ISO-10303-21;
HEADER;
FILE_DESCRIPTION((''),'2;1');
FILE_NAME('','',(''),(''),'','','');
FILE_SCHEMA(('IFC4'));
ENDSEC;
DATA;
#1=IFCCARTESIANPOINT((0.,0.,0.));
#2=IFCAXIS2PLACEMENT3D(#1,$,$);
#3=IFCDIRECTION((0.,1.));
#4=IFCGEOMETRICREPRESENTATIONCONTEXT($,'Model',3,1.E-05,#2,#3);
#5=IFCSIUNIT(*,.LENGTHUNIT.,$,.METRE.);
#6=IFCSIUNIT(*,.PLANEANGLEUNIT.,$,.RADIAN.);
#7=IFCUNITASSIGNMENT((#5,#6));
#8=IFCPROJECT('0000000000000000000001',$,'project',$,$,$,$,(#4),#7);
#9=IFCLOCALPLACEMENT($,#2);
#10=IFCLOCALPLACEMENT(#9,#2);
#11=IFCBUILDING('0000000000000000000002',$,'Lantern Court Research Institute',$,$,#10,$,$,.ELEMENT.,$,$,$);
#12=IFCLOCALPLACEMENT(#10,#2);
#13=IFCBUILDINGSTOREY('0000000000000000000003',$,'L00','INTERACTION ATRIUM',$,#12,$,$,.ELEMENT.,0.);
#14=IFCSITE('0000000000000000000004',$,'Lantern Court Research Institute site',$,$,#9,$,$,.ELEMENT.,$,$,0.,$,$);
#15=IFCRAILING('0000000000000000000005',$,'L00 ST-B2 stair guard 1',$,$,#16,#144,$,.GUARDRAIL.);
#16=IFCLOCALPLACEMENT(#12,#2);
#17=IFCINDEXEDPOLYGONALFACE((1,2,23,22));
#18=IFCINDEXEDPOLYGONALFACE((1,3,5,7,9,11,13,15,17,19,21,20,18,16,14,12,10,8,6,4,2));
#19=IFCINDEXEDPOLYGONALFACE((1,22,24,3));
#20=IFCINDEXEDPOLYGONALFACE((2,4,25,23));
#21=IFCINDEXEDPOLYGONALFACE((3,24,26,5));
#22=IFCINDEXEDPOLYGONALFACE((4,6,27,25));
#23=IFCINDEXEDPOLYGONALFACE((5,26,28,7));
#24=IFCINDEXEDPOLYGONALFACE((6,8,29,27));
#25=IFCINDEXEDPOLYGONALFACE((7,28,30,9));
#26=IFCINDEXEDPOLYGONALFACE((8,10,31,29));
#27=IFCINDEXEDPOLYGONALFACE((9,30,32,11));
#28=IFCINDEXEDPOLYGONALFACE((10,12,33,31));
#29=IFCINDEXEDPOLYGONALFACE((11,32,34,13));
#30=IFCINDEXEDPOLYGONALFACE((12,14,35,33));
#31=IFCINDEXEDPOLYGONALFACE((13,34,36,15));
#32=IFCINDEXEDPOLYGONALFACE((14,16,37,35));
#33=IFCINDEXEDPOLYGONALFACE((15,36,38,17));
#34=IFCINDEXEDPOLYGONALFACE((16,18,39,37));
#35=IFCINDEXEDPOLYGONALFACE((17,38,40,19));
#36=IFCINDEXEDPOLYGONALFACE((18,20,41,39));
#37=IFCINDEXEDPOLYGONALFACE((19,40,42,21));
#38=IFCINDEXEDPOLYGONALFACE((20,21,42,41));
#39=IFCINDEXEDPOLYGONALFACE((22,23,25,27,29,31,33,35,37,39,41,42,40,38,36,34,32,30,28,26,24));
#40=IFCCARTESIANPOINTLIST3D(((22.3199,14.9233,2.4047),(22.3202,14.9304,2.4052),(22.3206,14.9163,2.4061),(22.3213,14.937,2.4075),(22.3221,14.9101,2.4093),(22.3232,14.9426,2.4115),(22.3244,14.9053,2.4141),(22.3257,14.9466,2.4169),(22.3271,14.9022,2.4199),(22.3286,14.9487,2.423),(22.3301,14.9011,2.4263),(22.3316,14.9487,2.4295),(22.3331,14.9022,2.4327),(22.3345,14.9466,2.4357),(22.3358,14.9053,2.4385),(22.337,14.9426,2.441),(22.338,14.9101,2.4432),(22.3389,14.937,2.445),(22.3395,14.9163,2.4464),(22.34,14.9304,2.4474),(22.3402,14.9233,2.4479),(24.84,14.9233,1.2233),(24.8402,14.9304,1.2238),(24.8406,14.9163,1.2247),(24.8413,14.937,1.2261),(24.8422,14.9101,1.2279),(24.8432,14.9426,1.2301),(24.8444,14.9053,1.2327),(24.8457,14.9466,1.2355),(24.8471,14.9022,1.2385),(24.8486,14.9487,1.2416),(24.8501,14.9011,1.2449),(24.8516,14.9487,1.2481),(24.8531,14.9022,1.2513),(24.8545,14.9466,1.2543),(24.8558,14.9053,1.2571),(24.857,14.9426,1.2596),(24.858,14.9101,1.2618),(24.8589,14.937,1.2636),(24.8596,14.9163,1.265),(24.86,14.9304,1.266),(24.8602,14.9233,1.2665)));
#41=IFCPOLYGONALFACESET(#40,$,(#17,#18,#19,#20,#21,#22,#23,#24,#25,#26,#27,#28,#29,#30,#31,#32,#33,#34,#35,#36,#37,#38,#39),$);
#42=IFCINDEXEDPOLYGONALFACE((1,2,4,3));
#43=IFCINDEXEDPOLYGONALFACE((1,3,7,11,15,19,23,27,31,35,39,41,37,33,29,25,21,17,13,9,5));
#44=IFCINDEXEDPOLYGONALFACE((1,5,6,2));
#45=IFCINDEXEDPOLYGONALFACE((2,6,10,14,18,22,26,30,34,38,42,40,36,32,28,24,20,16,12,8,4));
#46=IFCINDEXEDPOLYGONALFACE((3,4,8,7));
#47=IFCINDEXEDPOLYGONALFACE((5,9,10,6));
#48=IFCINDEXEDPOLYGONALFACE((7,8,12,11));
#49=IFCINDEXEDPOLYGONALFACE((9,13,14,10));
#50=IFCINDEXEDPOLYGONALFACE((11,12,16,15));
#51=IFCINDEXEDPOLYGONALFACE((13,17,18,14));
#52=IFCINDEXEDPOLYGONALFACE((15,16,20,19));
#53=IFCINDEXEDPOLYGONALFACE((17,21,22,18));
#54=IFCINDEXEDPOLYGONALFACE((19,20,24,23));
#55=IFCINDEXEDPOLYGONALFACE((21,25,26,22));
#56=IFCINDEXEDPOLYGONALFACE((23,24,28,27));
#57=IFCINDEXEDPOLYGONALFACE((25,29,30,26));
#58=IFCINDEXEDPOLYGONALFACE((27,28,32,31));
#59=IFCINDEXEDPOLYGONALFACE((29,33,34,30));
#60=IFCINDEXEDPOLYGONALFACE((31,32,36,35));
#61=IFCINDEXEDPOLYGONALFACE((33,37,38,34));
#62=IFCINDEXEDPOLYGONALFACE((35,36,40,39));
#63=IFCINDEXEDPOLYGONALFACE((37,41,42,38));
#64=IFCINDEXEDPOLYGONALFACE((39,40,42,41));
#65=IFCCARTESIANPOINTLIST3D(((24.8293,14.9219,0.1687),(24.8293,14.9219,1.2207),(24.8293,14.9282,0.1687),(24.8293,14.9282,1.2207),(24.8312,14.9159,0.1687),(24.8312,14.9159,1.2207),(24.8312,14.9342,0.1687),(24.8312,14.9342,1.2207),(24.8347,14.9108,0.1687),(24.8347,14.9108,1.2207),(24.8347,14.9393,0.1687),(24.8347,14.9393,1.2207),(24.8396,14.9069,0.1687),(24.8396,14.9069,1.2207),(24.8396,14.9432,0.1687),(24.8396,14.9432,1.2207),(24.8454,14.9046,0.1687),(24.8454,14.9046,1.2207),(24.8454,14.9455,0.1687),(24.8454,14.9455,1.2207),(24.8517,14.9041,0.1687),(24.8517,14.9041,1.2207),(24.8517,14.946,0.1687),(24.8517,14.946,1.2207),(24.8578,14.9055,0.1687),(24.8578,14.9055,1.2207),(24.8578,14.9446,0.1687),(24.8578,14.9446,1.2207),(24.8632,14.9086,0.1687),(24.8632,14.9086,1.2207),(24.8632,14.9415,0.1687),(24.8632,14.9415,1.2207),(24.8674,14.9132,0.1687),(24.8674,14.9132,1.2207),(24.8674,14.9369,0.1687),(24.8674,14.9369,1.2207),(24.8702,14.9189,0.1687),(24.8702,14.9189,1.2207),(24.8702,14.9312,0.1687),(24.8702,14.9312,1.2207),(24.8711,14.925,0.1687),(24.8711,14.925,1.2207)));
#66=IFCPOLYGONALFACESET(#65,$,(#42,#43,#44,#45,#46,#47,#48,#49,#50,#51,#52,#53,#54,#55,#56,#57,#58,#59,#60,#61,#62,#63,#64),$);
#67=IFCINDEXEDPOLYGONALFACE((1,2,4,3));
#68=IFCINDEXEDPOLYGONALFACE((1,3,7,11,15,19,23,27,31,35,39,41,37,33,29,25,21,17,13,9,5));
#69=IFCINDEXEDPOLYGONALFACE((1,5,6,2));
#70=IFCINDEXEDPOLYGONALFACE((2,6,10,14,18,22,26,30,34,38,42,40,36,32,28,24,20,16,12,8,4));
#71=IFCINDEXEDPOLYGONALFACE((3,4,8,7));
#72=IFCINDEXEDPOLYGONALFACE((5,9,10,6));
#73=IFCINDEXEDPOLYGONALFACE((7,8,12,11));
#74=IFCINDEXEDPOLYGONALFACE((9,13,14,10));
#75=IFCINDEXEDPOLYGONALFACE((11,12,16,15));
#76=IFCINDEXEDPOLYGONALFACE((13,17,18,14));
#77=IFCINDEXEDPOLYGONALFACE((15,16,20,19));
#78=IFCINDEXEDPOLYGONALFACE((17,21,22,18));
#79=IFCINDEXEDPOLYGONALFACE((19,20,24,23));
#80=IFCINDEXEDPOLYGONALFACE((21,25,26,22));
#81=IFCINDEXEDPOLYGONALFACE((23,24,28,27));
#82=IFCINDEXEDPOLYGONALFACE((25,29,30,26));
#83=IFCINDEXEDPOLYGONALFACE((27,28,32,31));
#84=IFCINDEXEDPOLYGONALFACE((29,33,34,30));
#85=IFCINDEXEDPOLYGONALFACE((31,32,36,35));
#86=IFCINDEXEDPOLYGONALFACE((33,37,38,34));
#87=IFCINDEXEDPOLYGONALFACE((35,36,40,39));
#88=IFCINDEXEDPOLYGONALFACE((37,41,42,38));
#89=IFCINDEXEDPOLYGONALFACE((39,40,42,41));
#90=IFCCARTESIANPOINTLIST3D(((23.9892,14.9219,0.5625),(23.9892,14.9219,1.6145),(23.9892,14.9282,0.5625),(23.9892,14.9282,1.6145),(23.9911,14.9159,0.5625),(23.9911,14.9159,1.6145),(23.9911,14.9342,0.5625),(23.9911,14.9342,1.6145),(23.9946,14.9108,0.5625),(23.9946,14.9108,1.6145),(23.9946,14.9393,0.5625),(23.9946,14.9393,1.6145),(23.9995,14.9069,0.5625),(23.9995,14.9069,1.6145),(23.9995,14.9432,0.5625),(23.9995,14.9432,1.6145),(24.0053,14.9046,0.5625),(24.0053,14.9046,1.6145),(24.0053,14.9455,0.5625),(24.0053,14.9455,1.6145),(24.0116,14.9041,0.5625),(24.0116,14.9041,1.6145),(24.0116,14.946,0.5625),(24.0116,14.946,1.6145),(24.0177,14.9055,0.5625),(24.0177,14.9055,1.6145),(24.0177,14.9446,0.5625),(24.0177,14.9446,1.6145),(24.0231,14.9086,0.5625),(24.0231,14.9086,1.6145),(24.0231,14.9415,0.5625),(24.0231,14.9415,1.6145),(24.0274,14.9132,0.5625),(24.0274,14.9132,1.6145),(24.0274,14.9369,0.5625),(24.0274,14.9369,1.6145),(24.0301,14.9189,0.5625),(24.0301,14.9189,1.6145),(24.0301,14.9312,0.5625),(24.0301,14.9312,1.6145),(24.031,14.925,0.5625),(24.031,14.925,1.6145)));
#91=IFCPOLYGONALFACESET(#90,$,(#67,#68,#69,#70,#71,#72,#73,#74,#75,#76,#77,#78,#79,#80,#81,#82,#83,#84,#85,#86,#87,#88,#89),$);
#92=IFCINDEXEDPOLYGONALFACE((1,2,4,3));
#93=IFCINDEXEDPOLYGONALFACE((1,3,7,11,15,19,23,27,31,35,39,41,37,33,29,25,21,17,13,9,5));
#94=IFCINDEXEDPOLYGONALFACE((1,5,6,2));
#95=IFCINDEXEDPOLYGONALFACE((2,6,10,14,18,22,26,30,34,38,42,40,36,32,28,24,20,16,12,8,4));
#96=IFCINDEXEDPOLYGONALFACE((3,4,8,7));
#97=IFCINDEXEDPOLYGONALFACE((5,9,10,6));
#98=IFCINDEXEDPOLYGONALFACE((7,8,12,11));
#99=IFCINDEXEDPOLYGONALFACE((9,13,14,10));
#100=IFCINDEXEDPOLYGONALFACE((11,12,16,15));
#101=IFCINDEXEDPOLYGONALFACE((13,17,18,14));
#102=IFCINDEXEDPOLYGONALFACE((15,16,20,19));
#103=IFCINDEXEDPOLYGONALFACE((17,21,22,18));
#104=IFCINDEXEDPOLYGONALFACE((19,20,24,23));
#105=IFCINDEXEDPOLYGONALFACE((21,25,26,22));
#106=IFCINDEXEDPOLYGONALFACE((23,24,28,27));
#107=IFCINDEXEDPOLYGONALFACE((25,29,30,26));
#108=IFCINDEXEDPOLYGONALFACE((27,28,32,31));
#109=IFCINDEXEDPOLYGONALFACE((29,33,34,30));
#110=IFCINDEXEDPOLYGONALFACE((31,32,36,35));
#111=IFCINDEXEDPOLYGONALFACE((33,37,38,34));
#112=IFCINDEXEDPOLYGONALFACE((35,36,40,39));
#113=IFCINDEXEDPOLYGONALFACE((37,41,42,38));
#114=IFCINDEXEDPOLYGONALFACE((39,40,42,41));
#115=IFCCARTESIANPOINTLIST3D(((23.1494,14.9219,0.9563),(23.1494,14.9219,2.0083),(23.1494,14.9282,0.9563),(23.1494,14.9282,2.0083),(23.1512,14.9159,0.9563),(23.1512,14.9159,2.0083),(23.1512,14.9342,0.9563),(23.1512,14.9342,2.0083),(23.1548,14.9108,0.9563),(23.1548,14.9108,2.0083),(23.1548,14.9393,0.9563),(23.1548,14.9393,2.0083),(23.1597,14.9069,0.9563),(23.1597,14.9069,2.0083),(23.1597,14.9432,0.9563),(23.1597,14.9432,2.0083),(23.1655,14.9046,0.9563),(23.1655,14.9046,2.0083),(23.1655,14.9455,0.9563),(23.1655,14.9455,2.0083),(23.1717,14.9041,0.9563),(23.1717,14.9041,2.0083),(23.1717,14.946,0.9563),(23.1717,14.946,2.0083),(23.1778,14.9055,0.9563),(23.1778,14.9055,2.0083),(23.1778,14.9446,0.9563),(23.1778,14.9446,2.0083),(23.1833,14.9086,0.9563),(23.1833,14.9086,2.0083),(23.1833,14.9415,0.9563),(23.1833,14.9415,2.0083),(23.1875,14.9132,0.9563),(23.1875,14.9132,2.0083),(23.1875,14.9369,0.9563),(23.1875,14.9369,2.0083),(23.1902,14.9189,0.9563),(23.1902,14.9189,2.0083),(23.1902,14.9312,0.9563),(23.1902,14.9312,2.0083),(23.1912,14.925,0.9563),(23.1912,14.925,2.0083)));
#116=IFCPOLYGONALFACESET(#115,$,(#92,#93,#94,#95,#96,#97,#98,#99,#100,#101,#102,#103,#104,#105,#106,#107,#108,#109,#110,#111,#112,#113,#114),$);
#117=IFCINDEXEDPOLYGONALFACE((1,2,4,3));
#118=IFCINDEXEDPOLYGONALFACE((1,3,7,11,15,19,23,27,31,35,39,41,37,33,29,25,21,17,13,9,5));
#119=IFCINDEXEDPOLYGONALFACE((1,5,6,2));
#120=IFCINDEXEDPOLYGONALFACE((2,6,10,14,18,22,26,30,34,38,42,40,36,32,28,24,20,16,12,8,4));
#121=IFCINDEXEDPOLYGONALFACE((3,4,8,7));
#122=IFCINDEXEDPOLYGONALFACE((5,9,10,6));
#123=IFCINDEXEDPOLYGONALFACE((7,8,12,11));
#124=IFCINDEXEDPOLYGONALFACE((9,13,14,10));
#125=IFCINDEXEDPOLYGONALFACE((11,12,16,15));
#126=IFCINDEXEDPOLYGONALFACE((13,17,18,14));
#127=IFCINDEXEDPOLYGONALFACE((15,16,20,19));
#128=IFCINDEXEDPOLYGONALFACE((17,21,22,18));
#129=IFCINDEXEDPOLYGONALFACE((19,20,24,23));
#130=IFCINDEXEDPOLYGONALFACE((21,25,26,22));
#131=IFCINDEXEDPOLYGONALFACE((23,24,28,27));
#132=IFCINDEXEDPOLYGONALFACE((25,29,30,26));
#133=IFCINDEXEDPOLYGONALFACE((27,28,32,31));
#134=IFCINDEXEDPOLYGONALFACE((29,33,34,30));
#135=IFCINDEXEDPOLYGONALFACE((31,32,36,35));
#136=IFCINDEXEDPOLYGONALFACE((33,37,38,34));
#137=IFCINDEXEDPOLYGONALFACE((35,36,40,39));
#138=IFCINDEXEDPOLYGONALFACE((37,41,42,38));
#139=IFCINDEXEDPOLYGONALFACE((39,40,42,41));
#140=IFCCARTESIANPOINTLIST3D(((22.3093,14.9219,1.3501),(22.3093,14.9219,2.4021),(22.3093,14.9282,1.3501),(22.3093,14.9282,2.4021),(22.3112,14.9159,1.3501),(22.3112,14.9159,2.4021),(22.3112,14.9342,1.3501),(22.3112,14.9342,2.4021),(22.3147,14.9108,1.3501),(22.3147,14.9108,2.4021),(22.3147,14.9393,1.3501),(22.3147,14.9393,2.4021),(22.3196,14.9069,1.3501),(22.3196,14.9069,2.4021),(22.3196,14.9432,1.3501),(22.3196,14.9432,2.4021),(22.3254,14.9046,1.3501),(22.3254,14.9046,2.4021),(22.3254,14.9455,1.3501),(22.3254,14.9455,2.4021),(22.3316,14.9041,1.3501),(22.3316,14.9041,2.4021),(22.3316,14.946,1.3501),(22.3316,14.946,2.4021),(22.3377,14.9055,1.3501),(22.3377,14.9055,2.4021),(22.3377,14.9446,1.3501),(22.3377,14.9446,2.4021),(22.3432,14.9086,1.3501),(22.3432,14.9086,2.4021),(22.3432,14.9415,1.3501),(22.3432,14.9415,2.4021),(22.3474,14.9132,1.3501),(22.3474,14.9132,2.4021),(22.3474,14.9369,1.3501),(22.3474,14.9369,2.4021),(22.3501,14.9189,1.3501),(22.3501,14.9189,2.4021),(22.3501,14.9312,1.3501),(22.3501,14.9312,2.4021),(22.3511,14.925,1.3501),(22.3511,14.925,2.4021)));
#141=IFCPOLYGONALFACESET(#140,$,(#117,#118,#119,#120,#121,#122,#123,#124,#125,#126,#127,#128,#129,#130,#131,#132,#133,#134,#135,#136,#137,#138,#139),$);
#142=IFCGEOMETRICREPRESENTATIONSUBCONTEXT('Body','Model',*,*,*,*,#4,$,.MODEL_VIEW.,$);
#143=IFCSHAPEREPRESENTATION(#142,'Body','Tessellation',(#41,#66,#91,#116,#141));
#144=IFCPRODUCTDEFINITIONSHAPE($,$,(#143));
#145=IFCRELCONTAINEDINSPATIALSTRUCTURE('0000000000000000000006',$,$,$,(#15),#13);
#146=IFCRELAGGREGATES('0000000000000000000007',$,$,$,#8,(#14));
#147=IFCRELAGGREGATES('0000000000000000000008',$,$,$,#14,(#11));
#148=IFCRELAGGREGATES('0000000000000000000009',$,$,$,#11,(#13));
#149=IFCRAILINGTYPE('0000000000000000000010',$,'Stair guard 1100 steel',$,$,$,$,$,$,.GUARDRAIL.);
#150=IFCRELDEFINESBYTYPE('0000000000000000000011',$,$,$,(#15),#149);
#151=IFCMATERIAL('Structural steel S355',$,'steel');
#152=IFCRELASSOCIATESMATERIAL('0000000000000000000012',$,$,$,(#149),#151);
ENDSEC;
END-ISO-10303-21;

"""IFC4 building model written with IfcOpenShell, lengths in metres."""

from ifc_helpers import new_model, si_unit, direction, frame, origin, origin_2d, place, context, subcontext, project, spatial, circle, extrude, material, type_object, element, save


model = new_model("IFC4")

# Units and contexts
model_context = context("Model", 3, precision=1e-05, world=origin(), true_north=direction((0.0, 1.0)))
body_context = subcontext(model_context, "Body", "Model", "MODEL_VIEW")
ifc_project = project(units=[si_unit("LENGTHUNIT", "METRE"), si_unit("PLANEANGLEUNIT", "RADIAN")], contexts=[model_context])

# Site, building, storey
site_placement = place(None, origin())
site = spatial("IfcSite", under=ifc_project, at=site_placement, Name="Lantern Court Research Institute site", CompositionType="ELEMENT", RefElevation=0.0)
building_placement = place(site_placement, origin())
building = spatial("IfcBuilding", under=site, at=building_placement, Name="Lantern Court Research Institute", CompositionType="ELEMENT")
storey_placement = place(building_placement, origin())
storey = spatial("IfcBuildingStorey", under=building, at=storey_placement, Name="L00", Description="INTERACTION ATRIUM", CompositionType="ELEMENT", Elevation=0.0)

# Railing
ifc_material_1 = material(Name="Structural steel S355", Category="steel")
railing_type_1 = type_object("IfcRailingType", Name="Stair guard 1100 steel", PredefinedType="GUARDRAIL", material=ifc_material_1)
for number, where, name in (
    (1, (24.8501, 14.925, 0.1687), "L00 ST-B2 stair guard 1"),
):
    element("IfcRailing", number, at=place(storey_placement, frame(where)), inside=storey, type_object=railing_type_1, Name=name, PredefinedType="GUARDRAIL", context=body_context, shape_type="SweptSolid", body=[
        extrude(circle(Radius=0.0239, at=origin_2d()), frame((0.0, 0.0, 1.0762), z_axis=(-0.90544, 0.0, 0.424474), x_axis=(0.0, -1.0, 0.0)), (0.0, 0.0, 1.0), 2.7832),
        extrude(circle(Radius=0.021, at=origin_2d()), origin(), (0.0, 0.0, 1.0), 1.052),
        extrude(circle(Radius=0.021, at=origin_2d()), frame((-0.8401, 0.0, 0.3938)), (0.0, 0.0, 1.0), 1.052),
        extrude(circle(Radius=0.021, at=origin_2d()), frame((-1.6799, 0.0, 0.7876)), (0.0, 0.0, 1.0), 1.052),
        extrude(circle(Radius=0.021, at=origin_2d()), frame((-2.52, 0.0, 1.1814)), (0.0, 0.0, 1.0), 1.052),
    ])

save(model, "model.ifc")
